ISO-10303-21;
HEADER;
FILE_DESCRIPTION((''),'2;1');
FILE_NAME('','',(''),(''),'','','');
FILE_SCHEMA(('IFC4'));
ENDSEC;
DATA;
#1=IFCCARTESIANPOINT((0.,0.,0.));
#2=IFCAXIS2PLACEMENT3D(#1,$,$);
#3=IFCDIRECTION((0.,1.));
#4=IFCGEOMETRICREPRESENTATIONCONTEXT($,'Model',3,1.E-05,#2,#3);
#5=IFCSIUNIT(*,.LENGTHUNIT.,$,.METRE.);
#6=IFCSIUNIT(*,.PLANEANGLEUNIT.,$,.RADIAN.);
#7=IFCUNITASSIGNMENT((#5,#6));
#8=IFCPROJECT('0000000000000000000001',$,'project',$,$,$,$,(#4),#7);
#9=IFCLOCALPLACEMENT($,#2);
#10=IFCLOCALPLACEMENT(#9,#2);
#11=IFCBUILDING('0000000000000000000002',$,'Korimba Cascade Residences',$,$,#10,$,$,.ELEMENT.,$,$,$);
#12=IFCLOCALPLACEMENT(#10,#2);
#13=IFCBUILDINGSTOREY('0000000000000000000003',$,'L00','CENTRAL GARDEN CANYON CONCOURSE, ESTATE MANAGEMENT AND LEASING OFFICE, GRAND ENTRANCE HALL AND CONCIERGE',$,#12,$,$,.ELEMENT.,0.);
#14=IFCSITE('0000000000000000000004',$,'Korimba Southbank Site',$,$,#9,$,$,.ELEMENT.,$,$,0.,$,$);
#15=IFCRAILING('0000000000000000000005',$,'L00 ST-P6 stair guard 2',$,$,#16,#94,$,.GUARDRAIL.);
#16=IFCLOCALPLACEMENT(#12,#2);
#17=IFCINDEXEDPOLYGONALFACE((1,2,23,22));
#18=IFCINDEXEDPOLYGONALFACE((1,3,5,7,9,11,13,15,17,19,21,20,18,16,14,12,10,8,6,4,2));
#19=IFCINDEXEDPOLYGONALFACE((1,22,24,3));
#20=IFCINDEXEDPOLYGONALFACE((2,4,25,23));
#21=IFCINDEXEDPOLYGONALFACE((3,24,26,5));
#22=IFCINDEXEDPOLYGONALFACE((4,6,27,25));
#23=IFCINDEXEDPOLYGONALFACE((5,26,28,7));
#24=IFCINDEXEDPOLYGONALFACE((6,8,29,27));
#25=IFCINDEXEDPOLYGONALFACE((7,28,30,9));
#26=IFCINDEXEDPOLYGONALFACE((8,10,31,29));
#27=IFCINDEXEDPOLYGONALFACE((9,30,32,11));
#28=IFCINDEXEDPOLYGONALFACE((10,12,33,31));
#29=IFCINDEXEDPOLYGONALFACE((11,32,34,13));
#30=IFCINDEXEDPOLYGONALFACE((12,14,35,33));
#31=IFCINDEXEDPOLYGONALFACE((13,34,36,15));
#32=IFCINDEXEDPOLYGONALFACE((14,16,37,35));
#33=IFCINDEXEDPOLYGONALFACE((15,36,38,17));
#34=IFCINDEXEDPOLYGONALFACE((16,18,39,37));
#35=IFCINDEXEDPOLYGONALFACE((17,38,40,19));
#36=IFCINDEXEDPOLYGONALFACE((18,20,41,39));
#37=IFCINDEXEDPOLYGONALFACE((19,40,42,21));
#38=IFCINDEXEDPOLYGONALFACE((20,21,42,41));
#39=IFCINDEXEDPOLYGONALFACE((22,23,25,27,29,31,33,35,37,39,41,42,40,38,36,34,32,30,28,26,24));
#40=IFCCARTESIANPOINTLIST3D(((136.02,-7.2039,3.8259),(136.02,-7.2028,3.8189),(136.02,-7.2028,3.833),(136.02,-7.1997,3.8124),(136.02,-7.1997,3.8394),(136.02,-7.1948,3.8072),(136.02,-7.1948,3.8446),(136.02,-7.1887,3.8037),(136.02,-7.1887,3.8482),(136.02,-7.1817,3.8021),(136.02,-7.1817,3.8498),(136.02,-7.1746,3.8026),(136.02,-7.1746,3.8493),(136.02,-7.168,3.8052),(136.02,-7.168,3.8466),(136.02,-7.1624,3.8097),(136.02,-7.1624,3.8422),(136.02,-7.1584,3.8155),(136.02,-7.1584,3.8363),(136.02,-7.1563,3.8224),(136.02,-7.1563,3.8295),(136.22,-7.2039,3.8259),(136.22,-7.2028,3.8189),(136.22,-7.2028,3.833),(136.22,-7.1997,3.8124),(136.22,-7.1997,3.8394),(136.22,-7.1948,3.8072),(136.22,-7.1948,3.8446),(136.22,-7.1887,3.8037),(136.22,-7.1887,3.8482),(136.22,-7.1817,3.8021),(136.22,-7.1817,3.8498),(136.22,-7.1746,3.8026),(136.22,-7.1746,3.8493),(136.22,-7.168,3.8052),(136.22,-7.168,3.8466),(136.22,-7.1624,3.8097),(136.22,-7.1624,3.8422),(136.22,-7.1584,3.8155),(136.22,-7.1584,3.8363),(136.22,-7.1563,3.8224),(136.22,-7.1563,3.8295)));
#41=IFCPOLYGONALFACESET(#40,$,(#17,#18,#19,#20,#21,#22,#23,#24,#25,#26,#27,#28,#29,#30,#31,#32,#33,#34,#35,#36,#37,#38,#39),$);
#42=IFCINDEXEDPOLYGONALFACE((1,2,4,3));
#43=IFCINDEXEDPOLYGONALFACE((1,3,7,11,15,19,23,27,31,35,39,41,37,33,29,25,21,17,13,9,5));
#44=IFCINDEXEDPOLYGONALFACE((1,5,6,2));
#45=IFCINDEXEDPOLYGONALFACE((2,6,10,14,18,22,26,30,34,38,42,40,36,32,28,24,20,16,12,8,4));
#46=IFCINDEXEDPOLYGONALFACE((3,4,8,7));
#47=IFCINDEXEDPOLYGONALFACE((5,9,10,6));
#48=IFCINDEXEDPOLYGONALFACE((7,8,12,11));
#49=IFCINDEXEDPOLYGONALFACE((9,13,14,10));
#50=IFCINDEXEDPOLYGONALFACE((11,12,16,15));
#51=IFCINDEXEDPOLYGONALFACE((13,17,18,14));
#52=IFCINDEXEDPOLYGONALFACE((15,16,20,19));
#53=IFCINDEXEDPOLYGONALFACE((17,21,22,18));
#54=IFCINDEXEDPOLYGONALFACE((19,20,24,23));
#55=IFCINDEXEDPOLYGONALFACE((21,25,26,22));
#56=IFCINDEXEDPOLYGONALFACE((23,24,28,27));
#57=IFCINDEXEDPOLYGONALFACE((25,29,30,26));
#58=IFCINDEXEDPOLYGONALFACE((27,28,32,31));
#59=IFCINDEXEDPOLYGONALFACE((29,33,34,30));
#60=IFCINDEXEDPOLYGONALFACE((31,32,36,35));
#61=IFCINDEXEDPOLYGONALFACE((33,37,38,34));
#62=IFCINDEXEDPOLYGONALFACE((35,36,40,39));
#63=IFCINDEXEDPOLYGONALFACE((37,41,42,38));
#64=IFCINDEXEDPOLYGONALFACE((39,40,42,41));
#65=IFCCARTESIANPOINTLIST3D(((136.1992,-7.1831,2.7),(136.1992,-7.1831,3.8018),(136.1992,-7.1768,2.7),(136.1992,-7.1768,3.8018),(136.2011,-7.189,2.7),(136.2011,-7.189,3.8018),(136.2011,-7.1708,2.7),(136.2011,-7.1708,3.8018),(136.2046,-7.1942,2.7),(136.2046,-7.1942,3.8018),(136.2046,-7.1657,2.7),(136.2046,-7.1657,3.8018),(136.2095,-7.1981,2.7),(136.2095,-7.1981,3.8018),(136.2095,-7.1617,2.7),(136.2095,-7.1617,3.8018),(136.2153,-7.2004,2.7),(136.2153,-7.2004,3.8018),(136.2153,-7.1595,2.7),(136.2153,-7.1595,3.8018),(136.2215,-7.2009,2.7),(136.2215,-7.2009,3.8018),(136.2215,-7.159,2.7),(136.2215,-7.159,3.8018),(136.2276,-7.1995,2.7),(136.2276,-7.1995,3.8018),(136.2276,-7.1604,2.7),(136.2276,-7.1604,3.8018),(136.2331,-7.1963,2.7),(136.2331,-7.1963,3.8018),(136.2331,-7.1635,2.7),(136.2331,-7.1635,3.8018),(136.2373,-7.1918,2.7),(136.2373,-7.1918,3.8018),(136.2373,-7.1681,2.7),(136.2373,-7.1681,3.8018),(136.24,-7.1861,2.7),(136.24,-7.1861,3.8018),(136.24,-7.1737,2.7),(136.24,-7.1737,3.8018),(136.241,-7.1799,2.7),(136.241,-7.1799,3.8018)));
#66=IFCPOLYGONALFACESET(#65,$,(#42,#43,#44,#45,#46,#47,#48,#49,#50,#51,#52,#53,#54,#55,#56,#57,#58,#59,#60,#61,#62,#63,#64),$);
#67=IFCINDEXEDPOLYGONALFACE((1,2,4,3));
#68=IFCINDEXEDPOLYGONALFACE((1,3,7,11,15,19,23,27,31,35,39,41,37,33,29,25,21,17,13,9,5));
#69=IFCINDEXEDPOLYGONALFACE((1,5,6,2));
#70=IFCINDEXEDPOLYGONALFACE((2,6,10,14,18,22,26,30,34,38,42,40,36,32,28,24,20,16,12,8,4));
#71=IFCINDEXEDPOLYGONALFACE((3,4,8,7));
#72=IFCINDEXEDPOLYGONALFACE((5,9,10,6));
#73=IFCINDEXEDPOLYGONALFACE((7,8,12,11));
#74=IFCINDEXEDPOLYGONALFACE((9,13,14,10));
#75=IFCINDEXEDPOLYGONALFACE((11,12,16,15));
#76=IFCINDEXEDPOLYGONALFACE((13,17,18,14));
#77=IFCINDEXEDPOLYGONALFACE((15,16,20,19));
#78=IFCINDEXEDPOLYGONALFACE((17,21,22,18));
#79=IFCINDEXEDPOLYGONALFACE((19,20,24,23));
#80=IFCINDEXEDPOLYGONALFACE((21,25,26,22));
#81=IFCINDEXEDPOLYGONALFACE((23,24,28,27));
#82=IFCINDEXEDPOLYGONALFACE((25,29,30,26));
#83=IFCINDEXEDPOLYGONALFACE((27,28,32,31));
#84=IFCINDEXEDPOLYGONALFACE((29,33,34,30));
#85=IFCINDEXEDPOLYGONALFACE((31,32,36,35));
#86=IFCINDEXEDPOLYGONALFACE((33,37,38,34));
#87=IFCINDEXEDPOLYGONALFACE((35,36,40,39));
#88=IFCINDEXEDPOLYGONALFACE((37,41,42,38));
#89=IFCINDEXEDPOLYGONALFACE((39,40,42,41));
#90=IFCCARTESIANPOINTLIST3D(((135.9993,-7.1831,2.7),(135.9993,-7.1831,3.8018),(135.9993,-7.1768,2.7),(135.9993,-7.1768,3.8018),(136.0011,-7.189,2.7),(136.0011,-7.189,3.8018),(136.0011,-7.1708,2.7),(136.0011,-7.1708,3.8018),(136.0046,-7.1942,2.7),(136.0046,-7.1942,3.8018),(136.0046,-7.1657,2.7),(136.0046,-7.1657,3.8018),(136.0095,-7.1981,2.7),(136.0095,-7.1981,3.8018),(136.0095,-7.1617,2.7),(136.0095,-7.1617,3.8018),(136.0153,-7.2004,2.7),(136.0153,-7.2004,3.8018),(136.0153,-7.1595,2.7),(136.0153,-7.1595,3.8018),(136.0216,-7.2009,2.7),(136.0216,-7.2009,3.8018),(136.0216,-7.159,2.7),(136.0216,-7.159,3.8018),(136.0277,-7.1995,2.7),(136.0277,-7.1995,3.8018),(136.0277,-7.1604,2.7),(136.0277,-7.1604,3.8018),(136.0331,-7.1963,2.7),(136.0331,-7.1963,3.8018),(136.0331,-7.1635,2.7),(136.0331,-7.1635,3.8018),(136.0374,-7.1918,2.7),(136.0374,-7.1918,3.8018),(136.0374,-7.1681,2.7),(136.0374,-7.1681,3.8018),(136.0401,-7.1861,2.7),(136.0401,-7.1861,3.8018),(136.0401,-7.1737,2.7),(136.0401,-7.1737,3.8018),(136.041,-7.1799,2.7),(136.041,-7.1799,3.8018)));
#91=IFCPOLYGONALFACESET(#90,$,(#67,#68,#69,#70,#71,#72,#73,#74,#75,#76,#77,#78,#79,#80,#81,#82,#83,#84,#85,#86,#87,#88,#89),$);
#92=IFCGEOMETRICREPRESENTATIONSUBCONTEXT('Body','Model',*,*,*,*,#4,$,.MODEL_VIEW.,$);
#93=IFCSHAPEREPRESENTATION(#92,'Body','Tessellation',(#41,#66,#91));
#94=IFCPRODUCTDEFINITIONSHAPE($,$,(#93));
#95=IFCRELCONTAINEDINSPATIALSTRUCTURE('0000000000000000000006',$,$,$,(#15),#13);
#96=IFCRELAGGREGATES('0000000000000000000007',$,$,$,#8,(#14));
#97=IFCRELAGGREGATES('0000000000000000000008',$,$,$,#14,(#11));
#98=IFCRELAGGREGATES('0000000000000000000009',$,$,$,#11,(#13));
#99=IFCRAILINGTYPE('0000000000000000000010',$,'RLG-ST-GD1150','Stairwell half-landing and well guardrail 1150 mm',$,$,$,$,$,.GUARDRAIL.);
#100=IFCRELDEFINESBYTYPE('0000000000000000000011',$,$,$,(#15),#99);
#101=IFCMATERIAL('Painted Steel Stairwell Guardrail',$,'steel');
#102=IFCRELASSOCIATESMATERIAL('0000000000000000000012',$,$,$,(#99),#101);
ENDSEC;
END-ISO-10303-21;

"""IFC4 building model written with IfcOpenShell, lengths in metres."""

from ifc_helpers import new_model, si_unit, direction, frame, origin, origin_2d, place, context, subcontext, project, spatial, circle, extrude, material, type_object, element, save


model = new_model("IFC4")

# Units and contexts
model_context = context("Model", 3, precision=1e-05, world=origin(), true_north=direction((0.0, 1.0)))
body_context = subcontext(model_context, "Body", "Model", "MODEL_VIEW")
ifc_project = project(units=[si_unit("LENGTHUNIT", "METRE"), si_unit("PLANEANGLEUNIT", "RADIAN")], contexts=[model_context])

# Site, building, storey
site_placement = place(None, origin())
site = spatial("IfcSite", under=ifc_project, at=site_placement, Name="Korimba Southbank Site", CompositionType="ELEMENT", RefElevation=0.0)
building_placement = place(site_placement, origin())
building = spatial("IfcBuilding", under=site, at=building_placement, Name="Korimba Cascade Residences", CompositionType="ELEMENT")
storey_placement = place(building_placement, origin())
storey = spatial("IfcBuildingStorey", under=building, at=storey_placement, Name="L00", Description="CENTRAL GARDEN CANYON CONCOURSE, ESTATE MANAGEMENT AND LEASING OFFICE, GRAND ENTRANCE HALL AND CONCIERGE", CompositionType="ELEMENT", Elevation=0.0)

# Railing
ifc_material_1 = material(Name="Painted Steel Stairwell Guardrail", Category="steel")
railing_type_1 = type_object("IfcRailingType", Name="RLG-ST-GD1150", Description="Stairwell half-landing and well guardrail 1150 mm", PredefinedType="GUARDRAIL", material=ifc_material_1)
railing_1_placement = place(storey_placement, frame((136.22, -7.1799, 2.7)))
element("IfcRailing", 1, at=railing_1_placement, inside=storey, type_object=railing_type_1, Name="L00 ST-P6 stair guard 2", PredefinedType="GUARDRAIL", context=body_context, shape_type="SweptSolid", body=[
    extrude(circle(Radius=0.0239, at=origin_2d()), frame((0.0, 0.0, 1.126), z_axis=(-1.0, 0.0, 0.0), x_axis=(0.0, -1.0, 0.0)), (0.0, 0.0, 1.0), 0.2),
    extrude(circle(Radius=0.021, at=origin_2d()), origin(), (0.0, 0.0, 1.0), 1.1018),
    extrude(circle(Radius=0.021, at=origin_2d()), frame((-0.2, 0.0, 0.0)), (0.0, 0.0, 1.0), 1.1018),
])

save(model, "model.ifc")
